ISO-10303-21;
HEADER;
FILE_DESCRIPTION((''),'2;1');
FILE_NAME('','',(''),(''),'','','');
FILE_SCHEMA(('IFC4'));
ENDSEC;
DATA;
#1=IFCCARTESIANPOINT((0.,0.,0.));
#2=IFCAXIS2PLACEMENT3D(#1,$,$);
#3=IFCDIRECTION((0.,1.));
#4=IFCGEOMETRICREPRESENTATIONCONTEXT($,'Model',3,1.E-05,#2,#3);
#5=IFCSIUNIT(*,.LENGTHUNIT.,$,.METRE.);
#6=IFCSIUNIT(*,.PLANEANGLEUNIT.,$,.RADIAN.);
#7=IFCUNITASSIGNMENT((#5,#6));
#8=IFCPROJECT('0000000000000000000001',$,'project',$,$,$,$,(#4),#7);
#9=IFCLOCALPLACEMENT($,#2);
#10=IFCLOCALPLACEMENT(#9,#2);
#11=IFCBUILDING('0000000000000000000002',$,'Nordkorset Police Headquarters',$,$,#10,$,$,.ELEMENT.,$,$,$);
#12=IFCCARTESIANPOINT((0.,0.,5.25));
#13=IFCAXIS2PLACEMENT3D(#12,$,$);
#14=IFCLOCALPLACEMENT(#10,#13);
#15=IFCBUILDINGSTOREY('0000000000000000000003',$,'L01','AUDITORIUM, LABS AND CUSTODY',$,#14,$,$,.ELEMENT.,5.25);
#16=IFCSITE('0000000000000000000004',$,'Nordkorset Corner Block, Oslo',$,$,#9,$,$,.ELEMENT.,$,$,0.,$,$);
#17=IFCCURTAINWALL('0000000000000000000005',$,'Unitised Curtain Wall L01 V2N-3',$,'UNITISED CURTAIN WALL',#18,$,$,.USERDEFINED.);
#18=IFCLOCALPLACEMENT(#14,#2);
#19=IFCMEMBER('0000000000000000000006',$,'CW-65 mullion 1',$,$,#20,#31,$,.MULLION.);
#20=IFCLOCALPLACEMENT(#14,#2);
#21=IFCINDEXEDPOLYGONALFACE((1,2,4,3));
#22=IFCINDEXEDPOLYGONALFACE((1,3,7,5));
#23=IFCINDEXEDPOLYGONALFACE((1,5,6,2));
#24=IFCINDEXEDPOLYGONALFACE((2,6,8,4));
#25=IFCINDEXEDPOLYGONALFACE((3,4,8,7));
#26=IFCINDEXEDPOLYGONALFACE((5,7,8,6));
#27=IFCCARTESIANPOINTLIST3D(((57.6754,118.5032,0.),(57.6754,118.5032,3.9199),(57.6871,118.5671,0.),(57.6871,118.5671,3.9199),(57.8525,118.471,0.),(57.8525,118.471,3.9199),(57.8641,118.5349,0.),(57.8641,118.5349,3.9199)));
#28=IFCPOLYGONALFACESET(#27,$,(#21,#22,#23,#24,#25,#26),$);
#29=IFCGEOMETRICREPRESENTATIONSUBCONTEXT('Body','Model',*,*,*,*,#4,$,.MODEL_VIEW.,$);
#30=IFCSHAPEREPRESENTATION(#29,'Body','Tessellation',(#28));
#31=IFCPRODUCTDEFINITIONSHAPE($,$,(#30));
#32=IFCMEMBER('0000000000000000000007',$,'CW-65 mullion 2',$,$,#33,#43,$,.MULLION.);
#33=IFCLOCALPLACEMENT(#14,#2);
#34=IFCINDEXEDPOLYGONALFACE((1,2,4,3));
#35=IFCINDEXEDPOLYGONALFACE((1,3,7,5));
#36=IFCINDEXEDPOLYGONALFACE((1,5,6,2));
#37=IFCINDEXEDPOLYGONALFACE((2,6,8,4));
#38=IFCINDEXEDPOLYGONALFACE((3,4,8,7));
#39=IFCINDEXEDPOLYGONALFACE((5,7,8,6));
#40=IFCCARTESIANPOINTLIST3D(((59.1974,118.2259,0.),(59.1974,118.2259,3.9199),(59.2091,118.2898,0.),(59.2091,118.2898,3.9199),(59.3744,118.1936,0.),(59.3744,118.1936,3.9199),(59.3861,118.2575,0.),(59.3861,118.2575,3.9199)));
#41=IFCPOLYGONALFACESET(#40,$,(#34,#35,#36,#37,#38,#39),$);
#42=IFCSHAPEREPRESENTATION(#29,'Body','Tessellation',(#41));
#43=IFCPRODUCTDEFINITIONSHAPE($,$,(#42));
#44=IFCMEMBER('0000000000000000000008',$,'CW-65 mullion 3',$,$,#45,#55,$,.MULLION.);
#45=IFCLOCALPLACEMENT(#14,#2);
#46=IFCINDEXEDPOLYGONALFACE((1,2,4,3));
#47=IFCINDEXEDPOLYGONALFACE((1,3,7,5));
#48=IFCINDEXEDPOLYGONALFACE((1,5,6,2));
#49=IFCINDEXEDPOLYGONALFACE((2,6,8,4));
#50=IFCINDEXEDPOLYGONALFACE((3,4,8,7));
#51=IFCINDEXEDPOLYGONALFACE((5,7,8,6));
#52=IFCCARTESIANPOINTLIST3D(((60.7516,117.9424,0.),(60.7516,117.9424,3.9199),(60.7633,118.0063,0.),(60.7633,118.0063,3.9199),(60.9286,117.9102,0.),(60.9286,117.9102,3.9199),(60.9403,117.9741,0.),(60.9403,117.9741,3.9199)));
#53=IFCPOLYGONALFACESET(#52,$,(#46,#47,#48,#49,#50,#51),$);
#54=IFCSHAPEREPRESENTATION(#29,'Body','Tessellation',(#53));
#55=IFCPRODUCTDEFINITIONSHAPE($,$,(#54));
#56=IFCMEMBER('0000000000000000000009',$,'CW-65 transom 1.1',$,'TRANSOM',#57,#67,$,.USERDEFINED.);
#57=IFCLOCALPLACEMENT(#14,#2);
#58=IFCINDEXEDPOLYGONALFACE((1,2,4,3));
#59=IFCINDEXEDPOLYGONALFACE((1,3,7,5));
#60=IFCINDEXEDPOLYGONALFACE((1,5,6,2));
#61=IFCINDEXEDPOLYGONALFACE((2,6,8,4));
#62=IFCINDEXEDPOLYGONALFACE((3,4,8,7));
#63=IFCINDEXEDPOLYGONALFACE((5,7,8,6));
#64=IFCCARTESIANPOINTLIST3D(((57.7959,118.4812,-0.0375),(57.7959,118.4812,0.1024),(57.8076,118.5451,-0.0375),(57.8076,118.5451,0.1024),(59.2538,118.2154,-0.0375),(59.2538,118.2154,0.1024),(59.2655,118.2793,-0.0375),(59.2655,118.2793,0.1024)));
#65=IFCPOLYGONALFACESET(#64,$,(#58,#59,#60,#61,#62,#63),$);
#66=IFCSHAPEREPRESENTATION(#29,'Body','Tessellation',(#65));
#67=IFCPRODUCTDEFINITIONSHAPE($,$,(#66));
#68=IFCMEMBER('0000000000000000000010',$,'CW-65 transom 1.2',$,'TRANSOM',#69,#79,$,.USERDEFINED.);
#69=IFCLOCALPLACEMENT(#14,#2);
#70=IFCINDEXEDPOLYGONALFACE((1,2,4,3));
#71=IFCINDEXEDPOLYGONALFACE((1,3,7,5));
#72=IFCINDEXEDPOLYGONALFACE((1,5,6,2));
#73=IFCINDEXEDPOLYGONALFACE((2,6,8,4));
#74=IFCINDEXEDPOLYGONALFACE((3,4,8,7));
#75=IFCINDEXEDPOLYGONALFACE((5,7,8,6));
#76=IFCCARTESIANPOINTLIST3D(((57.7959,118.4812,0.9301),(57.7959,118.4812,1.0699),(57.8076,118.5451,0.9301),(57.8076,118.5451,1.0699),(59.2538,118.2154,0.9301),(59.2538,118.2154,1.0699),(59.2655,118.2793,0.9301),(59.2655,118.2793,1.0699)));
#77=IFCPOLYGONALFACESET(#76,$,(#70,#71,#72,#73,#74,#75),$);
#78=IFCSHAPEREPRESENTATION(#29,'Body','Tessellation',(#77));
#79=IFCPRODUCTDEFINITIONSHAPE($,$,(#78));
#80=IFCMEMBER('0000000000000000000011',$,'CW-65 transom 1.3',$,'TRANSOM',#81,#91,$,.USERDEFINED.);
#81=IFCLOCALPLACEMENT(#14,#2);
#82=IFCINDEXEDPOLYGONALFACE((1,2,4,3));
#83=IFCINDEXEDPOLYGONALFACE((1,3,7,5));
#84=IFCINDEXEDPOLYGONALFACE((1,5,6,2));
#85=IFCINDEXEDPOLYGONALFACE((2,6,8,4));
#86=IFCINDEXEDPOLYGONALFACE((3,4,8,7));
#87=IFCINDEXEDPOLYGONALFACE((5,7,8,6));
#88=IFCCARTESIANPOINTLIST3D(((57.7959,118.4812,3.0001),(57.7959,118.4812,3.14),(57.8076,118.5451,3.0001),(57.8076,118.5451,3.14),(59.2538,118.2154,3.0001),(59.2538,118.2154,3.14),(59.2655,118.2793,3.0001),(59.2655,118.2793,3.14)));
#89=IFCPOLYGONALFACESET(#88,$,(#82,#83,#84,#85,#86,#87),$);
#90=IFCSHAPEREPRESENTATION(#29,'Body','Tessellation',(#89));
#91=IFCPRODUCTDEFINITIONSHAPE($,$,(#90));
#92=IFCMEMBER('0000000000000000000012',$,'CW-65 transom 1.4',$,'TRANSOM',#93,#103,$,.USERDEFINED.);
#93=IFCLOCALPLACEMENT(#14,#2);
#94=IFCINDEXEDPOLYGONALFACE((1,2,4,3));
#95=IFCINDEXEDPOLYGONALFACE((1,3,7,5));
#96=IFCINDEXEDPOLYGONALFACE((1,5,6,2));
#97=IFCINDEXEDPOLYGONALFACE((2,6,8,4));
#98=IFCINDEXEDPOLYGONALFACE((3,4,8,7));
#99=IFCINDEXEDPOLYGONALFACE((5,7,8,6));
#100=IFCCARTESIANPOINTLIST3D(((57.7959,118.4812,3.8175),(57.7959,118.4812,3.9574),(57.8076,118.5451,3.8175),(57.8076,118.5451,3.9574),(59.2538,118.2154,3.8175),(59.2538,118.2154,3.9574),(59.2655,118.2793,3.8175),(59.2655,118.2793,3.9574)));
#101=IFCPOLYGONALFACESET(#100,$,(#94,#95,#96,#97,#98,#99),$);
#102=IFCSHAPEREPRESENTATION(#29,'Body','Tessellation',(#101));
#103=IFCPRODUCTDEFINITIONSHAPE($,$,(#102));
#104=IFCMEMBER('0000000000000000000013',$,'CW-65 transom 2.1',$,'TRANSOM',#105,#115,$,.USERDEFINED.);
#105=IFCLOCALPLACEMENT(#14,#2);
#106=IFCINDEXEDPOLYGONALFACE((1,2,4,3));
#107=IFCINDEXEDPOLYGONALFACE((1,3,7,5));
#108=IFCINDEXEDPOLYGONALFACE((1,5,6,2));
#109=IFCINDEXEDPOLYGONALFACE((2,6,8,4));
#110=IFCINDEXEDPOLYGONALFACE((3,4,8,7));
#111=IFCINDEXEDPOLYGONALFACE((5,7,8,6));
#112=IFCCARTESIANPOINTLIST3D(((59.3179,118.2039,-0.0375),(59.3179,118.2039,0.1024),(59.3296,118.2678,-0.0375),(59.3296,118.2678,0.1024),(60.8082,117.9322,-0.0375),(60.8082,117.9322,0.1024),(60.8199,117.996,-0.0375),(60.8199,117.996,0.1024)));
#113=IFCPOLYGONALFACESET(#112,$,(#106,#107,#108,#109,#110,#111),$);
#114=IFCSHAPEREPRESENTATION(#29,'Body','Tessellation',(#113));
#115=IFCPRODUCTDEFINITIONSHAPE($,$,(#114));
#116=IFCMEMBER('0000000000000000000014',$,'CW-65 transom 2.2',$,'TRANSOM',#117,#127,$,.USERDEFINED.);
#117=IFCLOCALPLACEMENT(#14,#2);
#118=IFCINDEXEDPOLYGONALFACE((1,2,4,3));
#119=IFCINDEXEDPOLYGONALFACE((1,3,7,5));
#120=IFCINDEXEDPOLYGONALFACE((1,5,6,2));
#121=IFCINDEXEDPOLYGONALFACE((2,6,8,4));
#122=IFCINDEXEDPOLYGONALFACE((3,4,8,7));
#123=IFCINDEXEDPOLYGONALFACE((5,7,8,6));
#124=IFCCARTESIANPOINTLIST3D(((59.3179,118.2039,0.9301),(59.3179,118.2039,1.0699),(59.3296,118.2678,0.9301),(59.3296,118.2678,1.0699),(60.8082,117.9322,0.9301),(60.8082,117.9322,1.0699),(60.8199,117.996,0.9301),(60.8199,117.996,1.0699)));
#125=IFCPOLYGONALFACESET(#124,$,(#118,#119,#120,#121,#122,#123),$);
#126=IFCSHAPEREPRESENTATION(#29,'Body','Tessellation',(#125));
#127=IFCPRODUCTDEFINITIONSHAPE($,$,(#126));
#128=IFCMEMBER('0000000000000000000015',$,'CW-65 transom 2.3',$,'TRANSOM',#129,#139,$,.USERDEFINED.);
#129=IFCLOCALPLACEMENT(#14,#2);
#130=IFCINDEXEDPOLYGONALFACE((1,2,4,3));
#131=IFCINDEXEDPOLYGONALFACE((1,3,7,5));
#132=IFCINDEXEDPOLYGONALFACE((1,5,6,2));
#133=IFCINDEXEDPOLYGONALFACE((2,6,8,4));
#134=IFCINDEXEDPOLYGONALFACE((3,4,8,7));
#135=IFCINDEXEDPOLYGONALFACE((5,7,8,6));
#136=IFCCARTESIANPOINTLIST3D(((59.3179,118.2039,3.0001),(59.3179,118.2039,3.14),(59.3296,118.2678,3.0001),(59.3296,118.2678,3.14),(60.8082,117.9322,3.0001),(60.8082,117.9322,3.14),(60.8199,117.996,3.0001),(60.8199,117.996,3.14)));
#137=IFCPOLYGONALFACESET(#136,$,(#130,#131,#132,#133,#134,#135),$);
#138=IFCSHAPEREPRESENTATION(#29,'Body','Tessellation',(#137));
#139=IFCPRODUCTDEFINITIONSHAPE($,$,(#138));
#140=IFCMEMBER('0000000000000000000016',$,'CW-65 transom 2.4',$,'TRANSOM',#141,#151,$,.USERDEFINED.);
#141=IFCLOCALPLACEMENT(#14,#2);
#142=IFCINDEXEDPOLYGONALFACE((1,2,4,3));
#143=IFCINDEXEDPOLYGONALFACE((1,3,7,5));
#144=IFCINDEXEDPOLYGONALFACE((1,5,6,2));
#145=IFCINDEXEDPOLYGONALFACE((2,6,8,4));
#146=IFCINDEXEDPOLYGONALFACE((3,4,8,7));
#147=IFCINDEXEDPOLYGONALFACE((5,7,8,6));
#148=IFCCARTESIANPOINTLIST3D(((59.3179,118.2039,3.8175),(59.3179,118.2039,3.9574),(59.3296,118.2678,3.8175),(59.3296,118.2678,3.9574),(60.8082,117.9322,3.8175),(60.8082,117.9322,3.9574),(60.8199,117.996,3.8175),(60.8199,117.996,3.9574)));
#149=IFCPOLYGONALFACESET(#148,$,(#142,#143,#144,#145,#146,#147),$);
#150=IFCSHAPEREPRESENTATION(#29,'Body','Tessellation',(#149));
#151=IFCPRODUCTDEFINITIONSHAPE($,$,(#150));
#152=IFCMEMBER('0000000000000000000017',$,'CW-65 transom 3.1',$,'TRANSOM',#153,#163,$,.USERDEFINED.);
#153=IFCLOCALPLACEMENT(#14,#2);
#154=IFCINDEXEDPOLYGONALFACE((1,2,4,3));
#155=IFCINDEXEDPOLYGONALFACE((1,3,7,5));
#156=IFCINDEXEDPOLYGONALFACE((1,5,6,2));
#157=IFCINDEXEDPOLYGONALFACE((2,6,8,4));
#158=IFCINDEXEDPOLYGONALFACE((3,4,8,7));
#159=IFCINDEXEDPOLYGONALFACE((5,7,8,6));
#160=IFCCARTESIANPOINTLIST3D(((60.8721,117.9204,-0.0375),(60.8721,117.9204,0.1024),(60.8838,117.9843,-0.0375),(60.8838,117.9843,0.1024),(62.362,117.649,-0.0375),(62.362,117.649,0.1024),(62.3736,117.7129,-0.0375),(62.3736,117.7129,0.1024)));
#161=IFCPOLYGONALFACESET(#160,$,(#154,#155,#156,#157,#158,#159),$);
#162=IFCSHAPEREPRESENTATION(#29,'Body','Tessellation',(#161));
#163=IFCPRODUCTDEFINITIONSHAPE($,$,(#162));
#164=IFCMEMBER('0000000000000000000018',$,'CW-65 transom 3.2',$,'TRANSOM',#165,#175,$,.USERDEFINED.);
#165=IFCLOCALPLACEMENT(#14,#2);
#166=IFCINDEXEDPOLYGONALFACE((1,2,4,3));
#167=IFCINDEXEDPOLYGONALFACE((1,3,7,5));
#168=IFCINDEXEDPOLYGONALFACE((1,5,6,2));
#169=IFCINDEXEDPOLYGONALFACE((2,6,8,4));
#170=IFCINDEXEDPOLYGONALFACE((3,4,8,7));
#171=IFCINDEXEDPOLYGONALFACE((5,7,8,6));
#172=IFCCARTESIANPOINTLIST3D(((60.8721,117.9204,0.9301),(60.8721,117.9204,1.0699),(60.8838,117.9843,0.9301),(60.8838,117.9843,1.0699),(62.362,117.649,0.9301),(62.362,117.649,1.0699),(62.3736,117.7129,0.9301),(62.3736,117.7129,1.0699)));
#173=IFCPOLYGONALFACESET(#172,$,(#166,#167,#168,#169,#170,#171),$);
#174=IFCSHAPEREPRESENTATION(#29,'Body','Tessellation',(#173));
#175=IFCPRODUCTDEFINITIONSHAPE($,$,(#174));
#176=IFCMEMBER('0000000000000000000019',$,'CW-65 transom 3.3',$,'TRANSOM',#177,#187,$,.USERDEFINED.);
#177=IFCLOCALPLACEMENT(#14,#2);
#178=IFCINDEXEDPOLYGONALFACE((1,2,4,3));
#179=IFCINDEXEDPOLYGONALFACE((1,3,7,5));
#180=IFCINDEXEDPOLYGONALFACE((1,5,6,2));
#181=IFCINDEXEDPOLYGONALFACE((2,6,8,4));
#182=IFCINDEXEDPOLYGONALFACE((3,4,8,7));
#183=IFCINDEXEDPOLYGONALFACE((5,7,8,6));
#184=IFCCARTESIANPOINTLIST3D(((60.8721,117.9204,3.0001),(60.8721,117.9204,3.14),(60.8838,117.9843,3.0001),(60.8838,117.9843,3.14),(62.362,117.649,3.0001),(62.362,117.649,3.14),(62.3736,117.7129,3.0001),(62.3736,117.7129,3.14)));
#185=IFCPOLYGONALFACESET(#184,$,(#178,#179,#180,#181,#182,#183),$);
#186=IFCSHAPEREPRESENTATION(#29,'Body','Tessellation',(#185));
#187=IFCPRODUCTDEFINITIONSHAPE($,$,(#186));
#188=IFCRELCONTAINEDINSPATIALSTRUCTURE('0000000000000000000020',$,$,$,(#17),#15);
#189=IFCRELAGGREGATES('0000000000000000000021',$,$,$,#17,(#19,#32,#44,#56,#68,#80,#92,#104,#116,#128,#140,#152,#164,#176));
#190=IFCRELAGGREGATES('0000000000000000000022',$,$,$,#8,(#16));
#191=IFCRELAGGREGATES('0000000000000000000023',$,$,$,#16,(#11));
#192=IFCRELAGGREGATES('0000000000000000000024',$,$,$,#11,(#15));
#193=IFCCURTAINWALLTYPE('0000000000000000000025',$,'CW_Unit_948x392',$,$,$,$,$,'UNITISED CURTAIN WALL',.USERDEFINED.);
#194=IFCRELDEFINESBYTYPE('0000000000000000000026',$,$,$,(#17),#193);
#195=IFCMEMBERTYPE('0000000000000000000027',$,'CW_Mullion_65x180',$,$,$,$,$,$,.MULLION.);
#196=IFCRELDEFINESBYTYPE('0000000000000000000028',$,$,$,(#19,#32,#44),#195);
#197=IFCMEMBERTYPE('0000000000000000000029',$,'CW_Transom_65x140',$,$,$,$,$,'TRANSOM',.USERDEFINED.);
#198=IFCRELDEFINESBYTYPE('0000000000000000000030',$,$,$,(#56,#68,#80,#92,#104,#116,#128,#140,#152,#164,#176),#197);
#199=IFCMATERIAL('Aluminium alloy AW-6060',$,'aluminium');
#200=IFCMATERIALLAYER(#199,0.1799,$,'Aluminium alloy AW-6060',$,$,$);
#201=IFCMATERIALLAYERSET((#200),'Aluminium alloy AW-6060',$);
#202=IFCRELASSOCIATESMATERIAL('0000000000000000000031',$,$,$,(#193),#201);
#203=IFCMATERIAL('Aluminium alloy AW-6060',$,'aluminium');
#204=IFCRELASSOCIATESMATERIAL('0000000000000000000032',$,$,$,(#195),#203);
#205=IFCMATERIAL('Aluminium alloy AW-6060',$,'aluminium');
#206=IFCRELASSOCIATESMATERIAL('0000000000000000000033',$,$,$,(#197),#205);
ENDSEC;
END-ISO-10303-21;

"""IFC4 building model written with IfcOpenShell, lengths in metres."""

from ifc_helpers import new_model, si_unit, direction, frame, origin, origin_2d, place, context, subcontext, project, spatial, rectangle, extrude, material, layer, layer_set, material_profile, profile_set, type_object, element, aggregate, save


model = new_model("IFC4")

# Units and contexts
model_context = context("Model", 3, precision=1e-05, world=origin(), true_north=direction((0.0, 1.0)))
body_context = subcontext(model_context, "Body", "Model", "MODEL_VIEW")
ifc_project = project(units=[si_unit("LENGTHUNIT", "METRE"), si_unit("PLANEANGLEUNIT", "RADIAN")], contexts=[model_context])

# Site, building, storey
site_placement = place(None, origin())
site = spatial("IfcSite", under=ifc_project, at=site_placement, Name="Nordkorset Corner Block, Oslo", CompositionType="ELEMENT", RefElevation=0.0)
building_placement = place(site_placement, origin())
building = spatial("IfcBuilding", under=site, at=building_placement, Name="Nordkorset Police Headquarters", CompositionType="ELEMENT")
storey_placement = place(building_placement, frame((0.0, 0.0, 5.25)))
storey = spatial("IfcBuildingStorey", under=building, at=storey_placement, Name="L01", Description="AUDITORIUM, LABS AND CUSTODY", CompositionType="ELEMENT", Elevation=5.25)

# Curtain wall, members
ifc_material_1 = material(Name="Aluminium alloy AW-6060", Category="aluminium")
ifc_layer_1 = layer(ifc_material_1, 0.1799, Name="Aluminium alloy AW-6060")
ifc_layer_set_1 = layer_set([ifc_layer_1], Name="Aluminium alloy AW-6060")
curtain_wall_type = type_object("IfcCurtainWallType", Name="CW_Unit_948x392", ElementType="UNITISED CURTAIN WALL", PredefinedType="USERDEFINED", material=ifc_layer_set_1)
curtain_wall_placement = place(storey_placement, origin())
curtain_wall = element("IfcCurtainWall", 1, at=curtain_wall_placement, inside=storey, type_object=curtain_wall_type, Name="Unitised Curtain Wall L01 V2N-3", ObjectType="UNITISED CURTAIN WALL", PredefinedType="USERDEFINED")
ifc_material_2 = material(Name="Aluminium alloy AW-6060", Category="aluminium")
ifc_material_profile_1 = material_profile(ifc_material_2, rectangle(XDim=0.0649, YDim=0.1799, at=origin_2d()), Name="ALU MULL 65x180")
ifc_profile_set_1 = profile_set([ifc_material_profile_1], Name="Aluminium alloy AW-6060")
member_type_1 = type_object("IfcMemberType", Name="CW_Mullion_65x180", PredefinedType="MULLION", material=ifc_profile_set_1)
member_1_placement = place(storey_placement, frame((57.7698, 118.519, 0.0), z_axis=(0.0, 0.0, 1.0), x_axis=(0.179336, 0.983788, 0.0)))
member_1 = element("IfcMember", 2, at=member_1_placement, type_object=member_type_1, Name="CW-65 mullion 1", PredefinedType="MULLION", context=body_context, shape_type="SweptSolid", body=[
    extrude(rectangle(XDim=0.0649, YDim=0.1799, at=origin_2d()), origin(), (0.0, 0.0, 1.0), 3.9199),
])
member_2_placement = place(storey_placement, frame((59.2917, 118.2417, 0.0), z_axis=(0.0, 0.0, 1.0), x_axis=(0.179336, 0.983788, 0.0)))
member_2 = element("IfcMember", 3, at=member_2_placement, type_object=member_type_1, Name="CW-65 mullion 2", PredefinedType="MULLION", context=body_context, shape_type="SweptSolid", body=[
    extrude(rectangle(XDim=0.0649, YDim=0.1799, at=origin_2d()), origin(), (0.0, 0.0, 1.0), 3.9199),
])
member_3_placement = place(storey_placement, frame((60.8459, 117.9583, 0.0), z_axis=(0.0, 0.0, 1.0), x_axis=(0.179336, 0.983788, 0.0)))
member_3 = element("IfcMember", 4, at=member_3_placement, type_object=member_type_1, Name="CW-65 mullion 3", PredefinedType="MULLION", context=body_context, shape_type="SweptSolid", body=[
    extrude(rectangle(XDim=0.0649, YDim=0.1799, at=origin_2d()), origin(), (0.0, 0.0, 1.0), 3.9199),
])
ifc_material_3 = material(Name="Aluminium alloy AW-6060", Category="aluminium")
ifc_material_profile_2 = material_profile(ifc_material_3, rectangle(XDim=0.0649, YDim=0.1399, at=origin_2d()), Name="ALU TRAN 65x140")
ifc_profile_set_2 = profile_set([ifc_material_profile_2], Name="Aluminium alloy AW-6060")
member_type_2 = type_object("IfcMemberType", Name="CW_Transom_65x140", ElementType="TRANSOM", PredefinedType="USERDEFINED", material=ifc_profile_set_2)
member_4_placement = place(storey_placement, frame((57.8018, 118.5132, 0.0325), z_axis=(0.983778, -0.179393, 0.0), x_axis=(0.179393, 0.983778, 0.0)))
member_4 = element("IfcMember", 5, at=member_4_placement, type_object=member_type_2, Name="CW-65 transom 1.1", ObjectType="TRANSOM", PredefinedType="USERDEFINED", context=body_context, shape_type="SweptSolid", body=[
    extrude(rectangle(XDim=0.0649, YDim=0.1399, at=origin_2d()), origin(), (0.0, 0.0, 1.0), 1.4819),
])
member_5_placement = place(storey_placement, frame((57.8018, 118.5132, 1.0), z_axis=(0.983778, -0.179393, 0.0), x_axis=(0.179393, 0.983778, 0.0)))
member_5 = element("IfcMember", 6, at=member_5_placement, type_object=member_type_2, Name="CW-65 transom 1.2", ObjectType="TRANSOM", PredefinedType="USERDEFINED", context=body_context, shape_type="SweptSolid", body=[
    extrude(rectangle(XDim=0.0649, YDim=0.1399, at=origin_2d()), origin(), (0.0, 0.0, 1.0), 1.4819),
])
member_6_placement = place(storey_placement, frame((57.8018, 118.5132, 3.0701), z_axis=(0.983778, -0.179393, 0.0), x_axis=(0.179393, 0.983778, 0.0)))
member_6 = element("IfcMember", 7, at=member_6_placement, type_object=member_type_2, Name="CW-65 transom 1.3", ObjectType="TRANSOM", PredefinedType="USERDEFINED", context=body_context, shape_type="SweptSolid", body=[
    extrude(rectangle(XDim=0.0649, YDim=0.1399, at=origin_2d()), origin(), (0.0, 0.0, 1.0), 1.4819),
])
member_7_placement = place(storey_placement, frame((57.8018, 118.5132, 3.8875), z_axis=(0.983778, -0.179393, 0.0), x_axis=(0.179393, 0.983778, 0.0)))
member_7 = element("IfcMember", 8, at=member_7_placement, type_object=member_type_2, Name="CW-65 transom 1.4", ObjectType="TRANSOM", PredefinedType="USERDEFINED", context=body_context, shape_type="SweptSolid", body=[
    extrude(rectangle(XDim=0.0649, YDim=0.1399, at=origin_2d()), origin(), (0.0, 0.0, 1.0), 1.4819),
])
member_8_placement = place(storey_placement, frame((59.3237, 118.2358, 0.0325), z_axis=(0.98378, -0.179382, 0.0), x_axis=(0.179382, 0.98378, 0.0)))
member_8 = element("IfcMember", 9, at=member_8_placement, type_object=member_type_2, Name="CW-65 transom 2.1", ObjectType="TRANSOM", PredefinedType="USERDEFINED", context=body_context, shape_type="SweptSolid", body=[
    extrude(rectangle(XDim=0.0649, YDim=0.1399, at=origin_2d()), origin(), (0.0, 0.0, 1.0), 1.5149),
])
member_9_placement = place(storey_placement, frame((59.3237, 118.2358, 1.0), z_axis=(0.98378, -0.179382, 0.0), x_axis=(0.179382, 0.98378, 0.0)))
member_9 = element("IfcMember", 10, at=member_9_placement, type_object=member_type_2, Name="CW-65 transom 2.2", ObjectType="TRANSOM", PredefinedType="USERDEFINED", context=body_context, shape_type="SweptSolid", body=[
    extrude(rectangle(XDim=0.0649, YDim=0.1399, at=origin_2d()), origin(), (0.0, 0.0, 1.0), 1.5149),
])
member_10_placement = place(storey_placement, frame((59.3237, 118.2358, 3.0701), z_axis=(0.98378, -0.179382, 0.0), x_axis=(0.179382, 0.98378, 0.0)))
member_10 = element("IfcMember", 11, at=member_10_placement, type_object=member_type_2, Name="CW-65 transom 2.3", ObjectType="TRANSOM", PredefinedType="USERDEFINED", context=body_context, shape_type="SweptSolid", body=[
    extrude(rectangle(XDim=0.0649, YDim=0.1399, at=origin_2d()), origin(), (0.0, 0.0, 1.0), 1.5149),
])
member_11_placement = place(storey_placement, frame((59.3237, 118.2358, 3.8875), z_axis=(0.98378, -0.179382, 0.0), x_axis=(0.179382, 0.98378, 0.0)))
member_11 = element("IfcMember", 12, at=member_11_placement, type_object=member_type_2, Name="CW-65 transom 2.4", ObjectType="TRANSOM", PredefinedType="USERDEFINED", context=body_context, shape_type="SweptSolid", body=[
    extrude(rectangle(XDim=0.0649, YDim=0.1399, at=origin_2d()), origin(), (0.0, 0.0, 1.0), 1.5149),
])
member_12_placement = place(storey_placement, frame((60.8779, 117.9524, 0.0325), z_axis=(0.983803, -0.179254, 0.0), x_axis=(0.179254, 0.983803, 0.0)))
member_12 = element("IfcMember", 13, at=member_12_placement, type_object=member_type_2, Name="CW-65 transom 3.1", ObjectType="TRANSOM", PredefinedType="USERDEFINED", context=body_context, shape_type="SweptSolid", body=[
    extrude(rectangle(XDim=0.0649, YDim=0.1399, at=origin_2d()), origin(), (0.0, 0.0, 1.0), 1.5144),
])
member_13_placement = place(storey_placement, frame((60.8779, 117.9524, 1.0), z_axis=(0.983803, -0.179254, 0.0), x_axis=(0.179254, 0.983803, 0.0)))
member_13 = element("IfcMember", 14, at=member_13_placement, type_object=member_type_2, Name="CW-65 transom 3.2", ObjectType="TRANSOM", PredefinedType="USERDEFINED", context=body_context, shape_type="SweptSolid", body=[
    extrude(rectangle(XDim=0.0649, YDim=0.1399, at=origin_2d()), origin(), (0.0, 0.0, 1.0), 1.5144),
])
member_14_placement = place(storey_placement, frame((60.8779, 117.9524, 3.0701), z_axis=(0.983803, -0.179254, 0.0), x_axis=(0.179254, 0.983803, 0.0)))
member_14 = element("IfcMember", 15, at=member_14_placement, type_object=member_type_2, Name="CW-65 transom 3.3", ObjectType="TRANSOM", PredefinedType="USERDEFINED", context=body_context, shape_type="SweptSolid", body=[
    extrude(rectangle(XDim=0.0649, YDim=0.1399, at=origin_2d()), origin(), (0.0, 0.0, 1.0), 1.5144),
])
aggregate(curtain_wall, [member_1, member_2, member_3, member_4, member_5, member_6, member_7, member_8, member_9, member_10, member_11, member_12, member_13, member_14])

save(model, "model.ifc")
